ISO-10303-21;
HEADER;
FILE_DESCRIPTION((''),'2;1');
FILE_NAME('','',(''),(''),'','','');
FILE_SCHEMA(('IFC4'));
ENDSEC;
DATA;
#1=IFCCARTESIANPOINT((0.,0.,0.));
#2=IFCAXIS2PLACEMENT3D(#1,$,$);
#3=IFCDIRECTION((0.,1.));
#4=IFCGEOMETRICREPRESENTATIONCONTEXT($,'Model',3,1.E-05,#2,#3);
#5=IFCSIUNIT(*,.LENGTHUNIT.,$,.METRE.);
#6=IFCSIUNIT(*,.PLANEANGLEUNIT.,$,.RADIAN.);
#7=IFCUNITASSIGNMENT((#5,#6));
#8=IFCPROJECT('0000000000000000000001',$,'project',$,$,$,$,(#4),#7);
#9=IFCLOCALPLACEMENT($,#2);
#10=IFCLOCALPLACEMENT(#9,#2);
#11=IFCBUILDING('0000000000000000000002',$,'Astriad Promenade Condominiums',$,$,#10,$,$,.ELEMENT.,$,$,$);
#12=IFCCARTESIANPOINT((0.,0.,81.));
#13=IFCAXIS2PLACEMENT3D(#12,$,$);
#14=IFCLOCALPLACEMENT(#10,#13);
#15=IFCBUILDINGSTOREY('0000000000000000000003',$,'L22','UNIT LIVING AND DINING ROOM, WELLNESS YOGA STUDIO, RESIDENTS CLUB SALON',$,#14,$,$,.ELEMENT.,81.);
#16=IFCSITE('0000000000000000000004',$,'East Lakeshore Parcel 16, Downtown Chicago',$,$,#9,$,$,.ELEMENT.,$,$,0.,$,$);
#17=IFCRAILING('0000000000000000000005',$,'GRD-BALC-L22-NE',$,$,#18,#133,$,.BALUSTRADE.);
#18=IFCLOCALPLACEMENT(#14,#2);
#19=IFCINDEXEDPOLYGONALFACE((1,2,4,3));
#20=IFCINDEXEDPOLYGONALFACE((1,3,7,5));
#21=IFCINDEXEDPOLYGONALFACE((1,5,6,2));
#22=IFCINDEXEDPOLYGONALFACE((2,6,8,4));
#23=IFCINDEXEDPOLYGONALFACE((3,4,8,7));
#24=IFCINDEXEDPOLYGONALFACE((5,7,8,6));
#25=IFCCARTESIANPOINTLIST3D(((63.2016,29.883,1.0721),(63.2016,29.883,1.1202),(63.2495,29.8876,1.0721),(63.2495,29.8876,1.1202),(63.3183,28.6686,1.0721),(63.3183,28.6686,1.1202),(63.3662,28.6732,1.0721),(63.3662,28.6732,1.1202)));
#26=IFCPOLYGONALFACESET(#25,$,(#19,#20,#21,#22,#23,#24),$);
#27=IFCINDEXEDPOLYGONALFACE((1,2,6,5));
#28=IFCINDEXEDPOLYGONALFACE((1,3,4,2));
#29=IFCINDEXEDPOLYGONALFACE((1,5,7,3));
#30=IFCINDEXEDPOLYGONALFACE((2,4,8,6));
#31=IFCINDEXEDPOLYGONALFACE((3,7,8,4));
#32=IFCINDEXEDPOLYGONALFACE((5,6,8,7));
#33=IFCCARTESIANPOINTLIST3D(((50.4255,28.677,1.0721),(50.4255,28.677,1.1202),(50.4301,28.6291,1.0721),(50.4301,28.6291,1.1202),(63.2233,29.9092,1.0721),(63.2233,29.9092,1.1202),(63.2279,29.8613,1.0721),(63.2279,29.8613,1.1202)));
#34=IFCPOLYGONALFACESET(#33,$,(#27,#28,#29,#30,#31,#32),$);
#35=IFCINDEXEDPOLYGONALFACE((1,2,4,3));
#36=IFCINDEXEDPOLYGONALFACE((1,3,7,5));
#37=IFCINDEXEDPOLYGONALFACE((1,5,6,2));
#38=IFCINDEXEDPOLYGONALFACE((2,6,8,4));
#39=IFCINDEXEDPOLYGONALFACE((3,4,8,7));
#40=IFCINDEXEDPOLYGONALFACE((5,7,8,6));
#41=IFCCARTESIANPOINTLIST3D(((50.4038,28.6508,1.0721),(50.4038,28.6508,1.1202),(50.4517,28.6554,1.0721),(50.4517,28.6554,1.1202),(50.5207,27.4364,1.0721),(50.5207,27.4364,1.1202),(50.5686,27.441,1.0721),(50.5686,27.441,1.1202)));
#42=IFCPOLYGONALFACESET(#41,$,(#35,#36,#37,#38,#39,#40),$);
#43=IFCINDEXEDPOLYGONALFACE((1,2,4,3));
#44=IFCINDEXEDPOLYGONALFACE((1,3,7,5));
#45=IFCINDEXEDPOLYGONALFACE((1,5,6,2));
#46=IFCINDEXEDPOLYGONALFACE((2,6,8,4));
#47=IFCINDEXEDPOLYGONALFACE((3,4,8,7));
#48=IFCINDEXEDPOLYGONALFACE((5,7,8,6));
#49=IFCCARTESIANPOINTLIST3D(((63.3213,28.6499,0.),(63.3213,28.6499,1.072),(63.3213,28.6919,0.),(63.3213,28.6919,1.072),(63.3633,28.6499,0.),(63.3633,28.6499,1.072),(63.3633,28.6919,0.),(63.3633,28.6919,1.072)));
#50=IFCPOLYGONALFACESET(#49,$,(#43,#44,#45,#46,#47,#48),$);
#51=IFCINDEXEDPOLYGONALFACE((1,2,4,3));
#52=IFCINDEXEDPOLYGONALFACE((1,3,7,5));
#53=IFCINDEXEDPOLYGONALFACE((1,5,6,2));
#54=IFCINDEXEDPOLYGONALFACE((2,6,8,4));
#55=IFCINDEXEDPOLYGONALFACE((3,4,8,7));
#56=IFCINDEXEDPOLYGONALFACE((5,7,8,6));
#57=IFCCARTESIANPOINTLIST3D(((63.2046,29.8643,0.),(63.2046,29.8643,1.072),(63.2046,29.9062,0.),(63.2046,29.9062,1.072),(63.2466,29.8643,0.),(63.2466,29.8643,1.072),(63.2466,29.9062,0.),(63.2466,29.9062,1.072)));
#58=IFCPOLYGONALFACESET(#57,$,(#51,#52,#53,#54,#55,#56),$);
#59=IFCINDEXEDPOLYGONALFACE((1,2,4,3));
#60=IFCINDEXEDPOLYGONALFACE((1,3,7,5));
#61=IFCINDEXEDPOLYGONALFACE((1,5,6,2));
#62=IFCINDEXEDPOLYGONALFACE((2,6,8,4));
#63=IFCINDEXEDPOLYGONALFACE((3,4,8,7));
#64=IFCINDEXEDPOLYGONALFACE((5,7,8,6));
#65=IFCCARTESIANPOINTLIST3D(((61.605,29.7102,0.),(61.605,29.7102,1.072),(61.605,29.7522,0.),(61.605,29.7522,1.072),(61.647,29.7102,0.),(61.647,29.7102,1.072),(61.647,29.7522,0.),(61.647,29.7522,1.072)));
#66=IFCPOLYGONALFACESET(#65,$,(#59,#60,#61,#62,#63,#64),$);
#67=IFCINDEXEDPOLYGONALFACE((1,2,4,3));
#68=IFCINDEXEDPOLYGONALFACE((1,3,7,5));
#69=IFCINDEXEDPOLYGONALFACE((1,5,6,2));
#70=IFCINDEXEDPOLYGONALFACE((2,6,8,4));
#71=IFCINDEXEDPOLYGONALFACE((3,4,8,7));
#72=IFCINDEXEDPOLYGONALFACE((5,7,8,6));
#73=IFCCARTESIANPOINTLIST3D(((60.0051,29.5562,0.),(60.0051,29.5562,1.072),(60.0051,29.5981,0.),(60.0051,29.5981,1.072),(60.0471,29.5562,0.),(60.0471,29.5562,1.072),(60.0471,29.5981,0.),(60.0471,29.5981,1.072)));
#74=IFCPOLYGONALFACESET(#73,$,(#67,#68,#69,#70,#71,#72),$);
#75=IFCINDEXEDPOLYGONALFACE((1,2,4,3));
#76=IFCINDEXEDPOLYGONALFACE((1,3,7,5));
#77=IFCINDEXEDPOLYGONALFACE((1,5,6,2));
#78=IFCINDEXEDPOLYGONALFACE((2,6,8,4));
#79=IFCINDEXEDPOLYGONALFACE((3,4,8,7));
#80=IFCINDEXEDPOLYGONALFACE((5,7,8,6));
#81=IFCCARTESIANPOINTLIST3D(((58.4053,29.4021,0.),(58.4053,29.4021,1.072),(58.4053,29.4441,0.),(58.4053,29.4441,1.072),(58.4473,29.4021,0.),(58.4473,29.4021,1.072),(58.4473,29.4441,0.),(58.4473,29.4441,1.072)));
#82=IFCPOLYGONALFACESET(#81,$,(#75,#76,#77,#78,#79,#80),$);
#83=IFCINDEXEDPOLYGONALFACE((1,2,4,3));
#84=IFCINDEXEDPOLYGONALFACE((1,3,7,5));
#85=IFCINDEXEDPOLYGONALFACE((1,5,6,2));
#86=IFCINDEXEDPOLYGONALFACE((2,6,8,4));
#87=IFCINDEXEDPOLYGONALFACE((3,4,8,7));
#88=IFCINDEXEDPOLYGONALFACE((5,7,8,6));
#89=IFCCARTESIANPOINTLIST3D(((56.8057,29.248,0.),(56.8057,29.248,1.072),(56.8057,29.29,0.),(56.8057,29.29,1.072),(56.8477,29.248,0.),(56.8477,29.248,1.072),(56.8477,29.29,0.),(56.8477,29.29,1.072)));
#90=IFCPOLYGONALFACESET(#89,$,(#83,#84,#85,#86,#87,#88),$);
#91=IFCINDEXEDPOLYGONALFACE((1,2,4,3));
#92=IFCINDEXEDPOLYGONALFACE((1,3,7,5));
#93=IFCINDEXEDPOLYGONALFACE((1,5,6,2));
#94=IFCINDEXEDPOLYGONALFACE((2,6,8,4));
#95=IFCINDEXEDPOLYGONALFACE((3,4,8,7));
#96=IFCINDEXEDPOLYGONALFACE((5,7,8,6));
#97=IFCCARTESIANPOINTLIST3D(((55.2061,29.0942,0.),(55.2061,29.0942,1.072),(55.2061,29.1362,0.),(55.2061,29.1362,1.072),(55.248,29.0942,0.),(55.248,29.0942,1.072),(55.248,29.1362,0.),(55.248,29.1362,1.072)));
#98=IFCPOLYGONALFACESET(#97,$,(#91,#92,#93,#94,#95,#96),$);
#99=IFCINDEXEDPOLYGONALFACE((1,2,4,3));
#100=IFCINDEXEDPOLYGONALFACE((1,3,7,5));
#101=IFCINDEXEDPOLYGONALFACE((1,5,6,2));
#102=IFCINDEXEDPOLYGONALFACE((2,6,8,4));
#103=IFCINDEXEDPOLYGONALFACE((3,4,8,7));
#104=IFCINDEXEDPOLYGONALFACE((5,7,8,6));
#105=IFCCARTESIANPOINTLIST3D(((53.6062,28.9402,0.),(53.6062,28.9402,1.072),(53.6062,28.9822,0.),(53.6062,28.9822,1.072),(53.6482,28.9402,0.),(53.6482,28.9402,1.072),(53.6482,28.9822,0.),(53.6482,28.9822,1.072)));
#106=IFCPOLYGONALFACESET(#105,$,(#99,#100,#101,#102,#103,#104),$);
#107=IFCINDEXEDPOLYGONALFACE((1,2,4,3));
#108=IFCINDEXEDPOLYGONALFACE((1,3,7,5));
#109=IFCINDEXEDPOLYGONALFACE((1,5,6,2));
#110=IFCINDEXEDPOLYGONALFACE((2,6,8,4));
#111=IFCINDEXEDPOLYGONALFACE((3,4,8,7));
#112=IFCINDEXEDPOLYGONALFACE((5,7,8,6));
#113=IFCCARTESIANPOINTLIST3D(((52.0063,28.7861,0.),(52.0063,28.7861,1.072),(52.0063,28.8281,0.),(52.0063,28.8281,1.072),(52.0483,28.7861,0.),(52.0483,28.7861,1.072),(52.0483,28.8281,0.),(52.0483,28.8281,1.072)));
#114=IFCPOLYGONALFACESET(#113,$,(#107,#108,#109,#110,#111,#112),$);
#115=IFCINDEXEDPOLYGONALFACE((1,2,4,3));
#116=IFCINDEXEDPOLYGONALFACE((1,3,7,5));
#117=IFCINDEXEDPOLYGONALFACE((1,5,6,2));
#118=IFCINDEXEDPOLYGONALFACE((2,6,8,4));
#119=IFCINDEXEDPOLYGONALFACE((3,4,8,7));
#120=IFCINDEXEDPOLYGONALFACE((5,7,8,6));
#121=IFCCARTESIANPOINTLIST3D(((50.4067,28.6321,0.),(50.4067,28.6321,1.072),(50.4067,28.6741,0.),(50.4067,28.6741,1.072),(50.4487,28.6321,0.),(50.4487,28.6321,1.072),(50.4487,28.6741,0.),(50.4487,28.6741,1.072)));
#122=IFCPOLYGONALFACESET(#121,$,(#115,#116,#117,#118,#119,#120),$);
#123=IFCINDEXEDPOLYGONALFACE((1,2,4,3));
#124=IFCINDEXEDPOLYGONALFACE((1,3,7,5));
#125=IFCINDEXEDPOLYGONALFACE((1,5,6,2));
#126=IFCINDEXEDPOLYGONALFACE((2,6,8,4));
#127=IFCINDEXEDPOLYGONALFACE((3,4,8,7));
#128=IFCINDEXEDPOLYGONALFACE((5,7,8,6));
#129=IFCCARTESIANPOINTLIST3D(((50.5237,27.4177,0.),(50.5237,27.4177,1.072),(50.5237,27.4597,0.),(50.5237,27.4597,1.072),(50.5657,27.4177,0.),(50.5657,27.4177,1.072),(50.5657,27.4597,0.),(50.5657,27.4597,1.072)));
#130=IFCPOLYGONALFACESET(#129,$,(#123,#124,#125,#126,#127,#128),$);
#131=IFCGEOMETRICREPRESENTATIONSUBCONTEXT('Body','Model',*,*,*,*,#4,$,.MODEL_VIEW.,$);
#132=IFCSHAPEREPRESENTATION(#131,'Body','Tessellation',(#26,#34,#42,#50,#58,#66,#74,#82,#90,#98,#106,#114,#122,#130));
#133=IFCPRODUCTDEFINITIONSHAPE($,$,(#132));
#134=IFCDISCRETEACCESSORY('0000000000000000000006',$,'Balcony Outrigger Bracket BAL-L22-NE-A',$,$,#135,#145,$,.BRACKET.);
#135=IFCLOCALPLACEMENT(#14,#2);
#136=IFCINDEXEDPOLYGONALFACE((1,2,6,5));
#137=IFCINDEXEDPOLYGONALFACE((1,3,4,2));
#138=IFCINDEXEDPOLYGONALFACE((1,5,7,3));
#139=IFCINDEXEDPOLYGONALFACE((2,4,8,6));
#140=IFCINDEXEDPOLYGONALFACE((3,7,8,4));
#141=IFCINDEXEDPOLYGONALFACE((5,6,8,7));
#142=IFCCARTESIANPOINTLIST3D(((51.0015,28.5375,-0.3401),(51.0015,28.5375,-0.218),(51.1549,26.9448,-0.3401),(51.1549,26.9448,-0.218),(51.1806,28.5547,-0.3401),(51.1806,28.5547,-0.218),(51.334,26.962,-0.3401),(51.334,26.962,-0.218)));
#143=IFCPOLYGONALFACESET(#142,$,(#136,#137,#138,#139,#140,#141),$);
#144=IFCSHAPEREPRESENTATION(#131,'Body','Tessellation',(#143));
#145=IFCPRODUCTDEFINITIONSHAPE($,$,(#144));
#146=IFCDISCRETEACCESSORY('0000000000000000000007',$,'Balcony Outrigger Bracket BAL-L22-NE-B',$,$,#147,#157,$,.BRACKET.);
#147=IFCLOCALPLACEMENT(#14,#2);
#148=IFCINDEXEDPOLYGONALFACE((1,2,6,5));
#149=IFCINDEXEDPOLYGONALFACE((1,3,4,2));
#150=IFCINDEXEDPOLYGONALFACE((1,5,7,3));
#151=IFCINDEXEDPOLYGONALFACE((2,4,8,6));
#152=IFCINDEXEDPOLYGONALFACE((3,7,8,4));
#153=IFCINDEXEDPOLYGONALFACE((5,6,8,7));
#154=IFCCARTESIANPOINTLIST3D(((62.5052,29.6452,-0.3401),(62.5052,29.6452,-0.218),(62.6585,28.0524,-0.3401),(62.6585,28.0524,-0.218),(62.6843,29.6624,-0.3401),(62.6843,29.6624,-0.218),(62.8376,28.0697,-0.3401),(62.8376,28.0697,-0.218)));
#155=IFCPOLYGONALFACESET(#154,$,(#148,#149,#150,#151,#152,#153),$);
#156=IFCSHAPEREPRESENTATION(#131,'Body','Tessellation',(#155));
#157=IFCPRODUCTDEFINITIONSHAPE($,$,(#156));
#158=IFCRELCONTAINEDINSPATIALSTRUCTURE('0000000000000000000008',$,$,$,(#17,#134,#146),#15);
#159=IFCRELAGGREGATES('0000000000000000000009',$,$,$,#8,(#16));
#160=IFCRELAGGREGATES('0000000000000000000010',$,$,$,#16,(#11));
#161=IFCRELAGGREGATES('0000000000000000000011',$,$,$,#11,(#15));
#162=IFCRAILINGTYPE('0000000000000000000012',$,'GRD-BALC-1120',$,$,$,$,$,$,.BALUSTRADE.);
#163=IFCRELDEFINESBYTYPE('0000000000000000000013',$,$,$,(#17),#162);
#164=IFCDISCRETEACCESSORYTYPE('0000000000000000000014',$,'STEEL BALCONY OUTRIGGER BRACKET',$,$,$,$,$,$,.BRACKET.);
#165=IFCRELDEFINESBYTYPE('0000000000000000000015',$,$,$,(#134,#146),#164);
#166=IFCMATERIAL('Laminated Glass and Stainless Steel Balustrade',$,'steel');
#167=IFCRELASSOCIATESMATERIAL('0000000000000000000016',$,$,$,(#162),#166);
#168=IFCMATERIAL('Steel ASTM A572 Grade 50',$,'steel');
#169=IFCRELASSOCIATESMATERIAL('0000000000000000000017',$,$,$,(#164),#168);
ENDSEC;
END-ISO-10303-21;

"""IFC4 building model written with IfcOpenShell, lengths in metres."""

from ifc_helpers import new_model, si_unit, direction, frame, origin, origin_2d, place, context, subcontext, project, spatial, rectangle, extrude, source, transform, mapped, material, type_object, type_shapes, element, save


model = new_model("IFC4")

# Units and contexts
model_context = context("Model", 3, precision=1e-05, world=origin(), true_north=direction((0.0, 1.0)))
body_context = subcontext(model_context, "Body", "Model", "MODEL_VIEW")
ifc_project = project(units=[si_unit("LENGTHUNIT", "METRE"), si_unit("PLANEANGLEUNIT", "RADIAN")], contexts=[model_context])

# Site, building, storey
site_placement = place(None, origin())
site = spatial("IfcSite", under=ifc_project, at=site_placement, Name="East Lakeshore Parcel 16, Downtown Chicago", CompositionType="ELEMENT", RefElevation=0.0)
building_placement = place(site_placement, origin())
building = spatial("IfcBuilding", under=site, at=building_placement, Name="Astriad Promenade Condominiums", CompositionType="ELEMENT")
storey_placement = place(building_placement, frame((0.0, 0.0, 81.0)))
storey = spatial("IfcBuildingStorey", under=building, at=storey_placement, Name="L22", Description="UNIT LIVING AND DINING ROOM, WELLNESS YOGA STUDIO, RESIDENTS CLUB SALON", CompositionType="ELEMENT", Elevation=81.0)

# Railing
ifc_material_1 = material(Name="Laminated Glass and Stainless Steel Balustrade", Category="steel")
railing_type = type_object("IfcRailingType", Name="GRD-BALC-1120", PredefinedType="BALUSTRADE", material=ifc_material_1)
shared_shape_1 = source(origin(), body_context, "Body", "SweptSolid", [
    extrude(rectangle(XDim=0.0481, YDim=0.0481, at=origin_2d()), frame((0.0, 0.0, 1.0962), z_axis=(-0.095659, 0.995414, 0.0), x_axis=(-0.995414, -0.095659, 0.0)), (0.0, 0.0, 1.0), 1.22),
    extrude(rectangle(XDim=0.0481, YDim=0.0481, at=origin_2d()), frame((-0.1167, 1.2144, 1.0962), z_axis=(-0.995397, -0.095837, 0.0), x_axis=(0.095837, -0.995397, 0.0)), (0.0, 0.0, 1.0), 12.8569),
    extrude(rectangle(XDim=0.0481, YDim=0.0481, at=origin_2d()), frame((-12.9146, -0.0178, 1.0962), z_axis=(0.095857, -0.995395, 0.0), x_axis=(0.995395, 0.095857, 0.0)), (0.0, 0.0, 1.0), 1.22),
    extrude(rectangle(XDim=0.042, YDim=0.042, at=origin_2d()), origin(), (0.0, 0.0, 1.0), 1.072),
    extrude(rectangle(XDim=0.042, YDim=0.042, at=origin_2d()), frame((-0.1167, 1.2144, 0.0)), (0.0, 0.0, 1.0), 1.072),
    extrude(rectangle(XDim=0.042, YDim=0.042, at=origin_2d()), frame((-1.7163, 1.0603, 0.0)), (0.0, 0.0, 1.0), 1.072),
    extrude(rectangle(XDim=0.042, YDim=0.042, at=origin_2d()), frame((-3.3162, 0.9062, 0.0)), (0.0, 0.0, 1.0), 1.072),
    extrude(rectangle(XDim=0.042, YDim=0.042, at=origin_2d()), frame((-4.916, 0.7522, 0.0)), (0.0, 0.0, 1.0), 1.072),
    extrude(rectangle(XDim=0.042, YDim=0.042, at=origin_2d()), frame((-6.5156, 0.5981, 0.0)), (0.0, 0.0, 1.0), 1.072),
    extrude(rectangle(XDim=0.042, YDim=0.042, at=origin_2d()), frame((-8.1152, 0.4443, 0.0)), (0.0, 0.0, 1.0), 1.072),
    extrude(rectangle(XDim=0.042, YDim=0.042, at=origin_2d()), frame((-9.7151, 0.2903, 0.0)), (0.0, 0.0, 1.0), 1.072),
    extrude(rectangle(XDim=0.042, YDim=0.042, at=origin_2d()), frame((-11.3149, 0.1362, 0.0)), (0.0, 0.0, 1.0), 1.072),
    extrude(rectangle(XDim=0.042, YDim=0.042, at=origin_2d()), frame((-12.9146, -0.0178, 0.0)), (0.0, 0.0, 1.0), 1.072),
    extrude(rectangle(XDim=0.042, YDim=0.042, at=origin_2d()), frame((-12.7976, -1.2322, 0.0)), (0.0, 0.0, 1.0), 1.072),
])
type_shapes(railing_type, [shared_shape_1])
railing_placement = place(storey_placement, frame((63.3423, 28.6709, 0.0)))
element("IfcRailing", 1, at=railing_placement, inside=storey, type_object=railing_type, Name="GRD-BALC-L22-NE", PredefinedType="BALUSTRADE", context=body_context, shape_type="MappedRepresentation", body=[
    mapped(shared_shape_1, transform((0.0, 0.0, 0.0), scale=1.0)),
])

# Discrete accessories
ifc_material_2 = material(Name="Steel ASTM A572 Grade 50", Category="steel")
discrete_accessory_type = type_object("IfcDiscreteAccessoryType", Name="STEEL BALCONY OUTRIGGER BRACKET", PredefinedType="BRACKET", material=ifc_material_2)
shared_shape_2 = source(origin(), body_context, "Body", "SweptSolid", [
    extrude(rectangle(XDim=1.6001, YDim=0.1799, at=origin_2d()), origin(), (0.0, 0.0, 1.0), 0.1221),
])
type_shapes(discrete_accessory_type, [shared_shape_2])
for number, where, z_axis, x_axis, name in (
    (2, (51.1677, 27.7498, -0.3401), (0.0, 0.0, 1.0), (-0.095846, 0.995396, 0.0), "Balcony Outrigger Bracket BAL-L22-NE-A"),
    (3, (62.6714, 28.8574, -0.3401), (0.0, 0.0, 1.0), (-0.095846, 0.995396, 0.0), "Balcony Outrigger Bracket BAL-L22-NE-B"),
):
    element("IfcDiscreteAccessory", number, at=place(storey_placement, frame(where, z_axis=z_axis, x_axis=x_axis)), inside=storey, type_object=discrete_accessory_type, Name=name, PredefinedType="BRACKET", context=body_context, shape_type="MappedRepresentation", body=[
        mapped(shared_shape_2, transform((0.0, 0.0, 0.0), scale=1.0)),
    ])

save(model, "model.ifc")
